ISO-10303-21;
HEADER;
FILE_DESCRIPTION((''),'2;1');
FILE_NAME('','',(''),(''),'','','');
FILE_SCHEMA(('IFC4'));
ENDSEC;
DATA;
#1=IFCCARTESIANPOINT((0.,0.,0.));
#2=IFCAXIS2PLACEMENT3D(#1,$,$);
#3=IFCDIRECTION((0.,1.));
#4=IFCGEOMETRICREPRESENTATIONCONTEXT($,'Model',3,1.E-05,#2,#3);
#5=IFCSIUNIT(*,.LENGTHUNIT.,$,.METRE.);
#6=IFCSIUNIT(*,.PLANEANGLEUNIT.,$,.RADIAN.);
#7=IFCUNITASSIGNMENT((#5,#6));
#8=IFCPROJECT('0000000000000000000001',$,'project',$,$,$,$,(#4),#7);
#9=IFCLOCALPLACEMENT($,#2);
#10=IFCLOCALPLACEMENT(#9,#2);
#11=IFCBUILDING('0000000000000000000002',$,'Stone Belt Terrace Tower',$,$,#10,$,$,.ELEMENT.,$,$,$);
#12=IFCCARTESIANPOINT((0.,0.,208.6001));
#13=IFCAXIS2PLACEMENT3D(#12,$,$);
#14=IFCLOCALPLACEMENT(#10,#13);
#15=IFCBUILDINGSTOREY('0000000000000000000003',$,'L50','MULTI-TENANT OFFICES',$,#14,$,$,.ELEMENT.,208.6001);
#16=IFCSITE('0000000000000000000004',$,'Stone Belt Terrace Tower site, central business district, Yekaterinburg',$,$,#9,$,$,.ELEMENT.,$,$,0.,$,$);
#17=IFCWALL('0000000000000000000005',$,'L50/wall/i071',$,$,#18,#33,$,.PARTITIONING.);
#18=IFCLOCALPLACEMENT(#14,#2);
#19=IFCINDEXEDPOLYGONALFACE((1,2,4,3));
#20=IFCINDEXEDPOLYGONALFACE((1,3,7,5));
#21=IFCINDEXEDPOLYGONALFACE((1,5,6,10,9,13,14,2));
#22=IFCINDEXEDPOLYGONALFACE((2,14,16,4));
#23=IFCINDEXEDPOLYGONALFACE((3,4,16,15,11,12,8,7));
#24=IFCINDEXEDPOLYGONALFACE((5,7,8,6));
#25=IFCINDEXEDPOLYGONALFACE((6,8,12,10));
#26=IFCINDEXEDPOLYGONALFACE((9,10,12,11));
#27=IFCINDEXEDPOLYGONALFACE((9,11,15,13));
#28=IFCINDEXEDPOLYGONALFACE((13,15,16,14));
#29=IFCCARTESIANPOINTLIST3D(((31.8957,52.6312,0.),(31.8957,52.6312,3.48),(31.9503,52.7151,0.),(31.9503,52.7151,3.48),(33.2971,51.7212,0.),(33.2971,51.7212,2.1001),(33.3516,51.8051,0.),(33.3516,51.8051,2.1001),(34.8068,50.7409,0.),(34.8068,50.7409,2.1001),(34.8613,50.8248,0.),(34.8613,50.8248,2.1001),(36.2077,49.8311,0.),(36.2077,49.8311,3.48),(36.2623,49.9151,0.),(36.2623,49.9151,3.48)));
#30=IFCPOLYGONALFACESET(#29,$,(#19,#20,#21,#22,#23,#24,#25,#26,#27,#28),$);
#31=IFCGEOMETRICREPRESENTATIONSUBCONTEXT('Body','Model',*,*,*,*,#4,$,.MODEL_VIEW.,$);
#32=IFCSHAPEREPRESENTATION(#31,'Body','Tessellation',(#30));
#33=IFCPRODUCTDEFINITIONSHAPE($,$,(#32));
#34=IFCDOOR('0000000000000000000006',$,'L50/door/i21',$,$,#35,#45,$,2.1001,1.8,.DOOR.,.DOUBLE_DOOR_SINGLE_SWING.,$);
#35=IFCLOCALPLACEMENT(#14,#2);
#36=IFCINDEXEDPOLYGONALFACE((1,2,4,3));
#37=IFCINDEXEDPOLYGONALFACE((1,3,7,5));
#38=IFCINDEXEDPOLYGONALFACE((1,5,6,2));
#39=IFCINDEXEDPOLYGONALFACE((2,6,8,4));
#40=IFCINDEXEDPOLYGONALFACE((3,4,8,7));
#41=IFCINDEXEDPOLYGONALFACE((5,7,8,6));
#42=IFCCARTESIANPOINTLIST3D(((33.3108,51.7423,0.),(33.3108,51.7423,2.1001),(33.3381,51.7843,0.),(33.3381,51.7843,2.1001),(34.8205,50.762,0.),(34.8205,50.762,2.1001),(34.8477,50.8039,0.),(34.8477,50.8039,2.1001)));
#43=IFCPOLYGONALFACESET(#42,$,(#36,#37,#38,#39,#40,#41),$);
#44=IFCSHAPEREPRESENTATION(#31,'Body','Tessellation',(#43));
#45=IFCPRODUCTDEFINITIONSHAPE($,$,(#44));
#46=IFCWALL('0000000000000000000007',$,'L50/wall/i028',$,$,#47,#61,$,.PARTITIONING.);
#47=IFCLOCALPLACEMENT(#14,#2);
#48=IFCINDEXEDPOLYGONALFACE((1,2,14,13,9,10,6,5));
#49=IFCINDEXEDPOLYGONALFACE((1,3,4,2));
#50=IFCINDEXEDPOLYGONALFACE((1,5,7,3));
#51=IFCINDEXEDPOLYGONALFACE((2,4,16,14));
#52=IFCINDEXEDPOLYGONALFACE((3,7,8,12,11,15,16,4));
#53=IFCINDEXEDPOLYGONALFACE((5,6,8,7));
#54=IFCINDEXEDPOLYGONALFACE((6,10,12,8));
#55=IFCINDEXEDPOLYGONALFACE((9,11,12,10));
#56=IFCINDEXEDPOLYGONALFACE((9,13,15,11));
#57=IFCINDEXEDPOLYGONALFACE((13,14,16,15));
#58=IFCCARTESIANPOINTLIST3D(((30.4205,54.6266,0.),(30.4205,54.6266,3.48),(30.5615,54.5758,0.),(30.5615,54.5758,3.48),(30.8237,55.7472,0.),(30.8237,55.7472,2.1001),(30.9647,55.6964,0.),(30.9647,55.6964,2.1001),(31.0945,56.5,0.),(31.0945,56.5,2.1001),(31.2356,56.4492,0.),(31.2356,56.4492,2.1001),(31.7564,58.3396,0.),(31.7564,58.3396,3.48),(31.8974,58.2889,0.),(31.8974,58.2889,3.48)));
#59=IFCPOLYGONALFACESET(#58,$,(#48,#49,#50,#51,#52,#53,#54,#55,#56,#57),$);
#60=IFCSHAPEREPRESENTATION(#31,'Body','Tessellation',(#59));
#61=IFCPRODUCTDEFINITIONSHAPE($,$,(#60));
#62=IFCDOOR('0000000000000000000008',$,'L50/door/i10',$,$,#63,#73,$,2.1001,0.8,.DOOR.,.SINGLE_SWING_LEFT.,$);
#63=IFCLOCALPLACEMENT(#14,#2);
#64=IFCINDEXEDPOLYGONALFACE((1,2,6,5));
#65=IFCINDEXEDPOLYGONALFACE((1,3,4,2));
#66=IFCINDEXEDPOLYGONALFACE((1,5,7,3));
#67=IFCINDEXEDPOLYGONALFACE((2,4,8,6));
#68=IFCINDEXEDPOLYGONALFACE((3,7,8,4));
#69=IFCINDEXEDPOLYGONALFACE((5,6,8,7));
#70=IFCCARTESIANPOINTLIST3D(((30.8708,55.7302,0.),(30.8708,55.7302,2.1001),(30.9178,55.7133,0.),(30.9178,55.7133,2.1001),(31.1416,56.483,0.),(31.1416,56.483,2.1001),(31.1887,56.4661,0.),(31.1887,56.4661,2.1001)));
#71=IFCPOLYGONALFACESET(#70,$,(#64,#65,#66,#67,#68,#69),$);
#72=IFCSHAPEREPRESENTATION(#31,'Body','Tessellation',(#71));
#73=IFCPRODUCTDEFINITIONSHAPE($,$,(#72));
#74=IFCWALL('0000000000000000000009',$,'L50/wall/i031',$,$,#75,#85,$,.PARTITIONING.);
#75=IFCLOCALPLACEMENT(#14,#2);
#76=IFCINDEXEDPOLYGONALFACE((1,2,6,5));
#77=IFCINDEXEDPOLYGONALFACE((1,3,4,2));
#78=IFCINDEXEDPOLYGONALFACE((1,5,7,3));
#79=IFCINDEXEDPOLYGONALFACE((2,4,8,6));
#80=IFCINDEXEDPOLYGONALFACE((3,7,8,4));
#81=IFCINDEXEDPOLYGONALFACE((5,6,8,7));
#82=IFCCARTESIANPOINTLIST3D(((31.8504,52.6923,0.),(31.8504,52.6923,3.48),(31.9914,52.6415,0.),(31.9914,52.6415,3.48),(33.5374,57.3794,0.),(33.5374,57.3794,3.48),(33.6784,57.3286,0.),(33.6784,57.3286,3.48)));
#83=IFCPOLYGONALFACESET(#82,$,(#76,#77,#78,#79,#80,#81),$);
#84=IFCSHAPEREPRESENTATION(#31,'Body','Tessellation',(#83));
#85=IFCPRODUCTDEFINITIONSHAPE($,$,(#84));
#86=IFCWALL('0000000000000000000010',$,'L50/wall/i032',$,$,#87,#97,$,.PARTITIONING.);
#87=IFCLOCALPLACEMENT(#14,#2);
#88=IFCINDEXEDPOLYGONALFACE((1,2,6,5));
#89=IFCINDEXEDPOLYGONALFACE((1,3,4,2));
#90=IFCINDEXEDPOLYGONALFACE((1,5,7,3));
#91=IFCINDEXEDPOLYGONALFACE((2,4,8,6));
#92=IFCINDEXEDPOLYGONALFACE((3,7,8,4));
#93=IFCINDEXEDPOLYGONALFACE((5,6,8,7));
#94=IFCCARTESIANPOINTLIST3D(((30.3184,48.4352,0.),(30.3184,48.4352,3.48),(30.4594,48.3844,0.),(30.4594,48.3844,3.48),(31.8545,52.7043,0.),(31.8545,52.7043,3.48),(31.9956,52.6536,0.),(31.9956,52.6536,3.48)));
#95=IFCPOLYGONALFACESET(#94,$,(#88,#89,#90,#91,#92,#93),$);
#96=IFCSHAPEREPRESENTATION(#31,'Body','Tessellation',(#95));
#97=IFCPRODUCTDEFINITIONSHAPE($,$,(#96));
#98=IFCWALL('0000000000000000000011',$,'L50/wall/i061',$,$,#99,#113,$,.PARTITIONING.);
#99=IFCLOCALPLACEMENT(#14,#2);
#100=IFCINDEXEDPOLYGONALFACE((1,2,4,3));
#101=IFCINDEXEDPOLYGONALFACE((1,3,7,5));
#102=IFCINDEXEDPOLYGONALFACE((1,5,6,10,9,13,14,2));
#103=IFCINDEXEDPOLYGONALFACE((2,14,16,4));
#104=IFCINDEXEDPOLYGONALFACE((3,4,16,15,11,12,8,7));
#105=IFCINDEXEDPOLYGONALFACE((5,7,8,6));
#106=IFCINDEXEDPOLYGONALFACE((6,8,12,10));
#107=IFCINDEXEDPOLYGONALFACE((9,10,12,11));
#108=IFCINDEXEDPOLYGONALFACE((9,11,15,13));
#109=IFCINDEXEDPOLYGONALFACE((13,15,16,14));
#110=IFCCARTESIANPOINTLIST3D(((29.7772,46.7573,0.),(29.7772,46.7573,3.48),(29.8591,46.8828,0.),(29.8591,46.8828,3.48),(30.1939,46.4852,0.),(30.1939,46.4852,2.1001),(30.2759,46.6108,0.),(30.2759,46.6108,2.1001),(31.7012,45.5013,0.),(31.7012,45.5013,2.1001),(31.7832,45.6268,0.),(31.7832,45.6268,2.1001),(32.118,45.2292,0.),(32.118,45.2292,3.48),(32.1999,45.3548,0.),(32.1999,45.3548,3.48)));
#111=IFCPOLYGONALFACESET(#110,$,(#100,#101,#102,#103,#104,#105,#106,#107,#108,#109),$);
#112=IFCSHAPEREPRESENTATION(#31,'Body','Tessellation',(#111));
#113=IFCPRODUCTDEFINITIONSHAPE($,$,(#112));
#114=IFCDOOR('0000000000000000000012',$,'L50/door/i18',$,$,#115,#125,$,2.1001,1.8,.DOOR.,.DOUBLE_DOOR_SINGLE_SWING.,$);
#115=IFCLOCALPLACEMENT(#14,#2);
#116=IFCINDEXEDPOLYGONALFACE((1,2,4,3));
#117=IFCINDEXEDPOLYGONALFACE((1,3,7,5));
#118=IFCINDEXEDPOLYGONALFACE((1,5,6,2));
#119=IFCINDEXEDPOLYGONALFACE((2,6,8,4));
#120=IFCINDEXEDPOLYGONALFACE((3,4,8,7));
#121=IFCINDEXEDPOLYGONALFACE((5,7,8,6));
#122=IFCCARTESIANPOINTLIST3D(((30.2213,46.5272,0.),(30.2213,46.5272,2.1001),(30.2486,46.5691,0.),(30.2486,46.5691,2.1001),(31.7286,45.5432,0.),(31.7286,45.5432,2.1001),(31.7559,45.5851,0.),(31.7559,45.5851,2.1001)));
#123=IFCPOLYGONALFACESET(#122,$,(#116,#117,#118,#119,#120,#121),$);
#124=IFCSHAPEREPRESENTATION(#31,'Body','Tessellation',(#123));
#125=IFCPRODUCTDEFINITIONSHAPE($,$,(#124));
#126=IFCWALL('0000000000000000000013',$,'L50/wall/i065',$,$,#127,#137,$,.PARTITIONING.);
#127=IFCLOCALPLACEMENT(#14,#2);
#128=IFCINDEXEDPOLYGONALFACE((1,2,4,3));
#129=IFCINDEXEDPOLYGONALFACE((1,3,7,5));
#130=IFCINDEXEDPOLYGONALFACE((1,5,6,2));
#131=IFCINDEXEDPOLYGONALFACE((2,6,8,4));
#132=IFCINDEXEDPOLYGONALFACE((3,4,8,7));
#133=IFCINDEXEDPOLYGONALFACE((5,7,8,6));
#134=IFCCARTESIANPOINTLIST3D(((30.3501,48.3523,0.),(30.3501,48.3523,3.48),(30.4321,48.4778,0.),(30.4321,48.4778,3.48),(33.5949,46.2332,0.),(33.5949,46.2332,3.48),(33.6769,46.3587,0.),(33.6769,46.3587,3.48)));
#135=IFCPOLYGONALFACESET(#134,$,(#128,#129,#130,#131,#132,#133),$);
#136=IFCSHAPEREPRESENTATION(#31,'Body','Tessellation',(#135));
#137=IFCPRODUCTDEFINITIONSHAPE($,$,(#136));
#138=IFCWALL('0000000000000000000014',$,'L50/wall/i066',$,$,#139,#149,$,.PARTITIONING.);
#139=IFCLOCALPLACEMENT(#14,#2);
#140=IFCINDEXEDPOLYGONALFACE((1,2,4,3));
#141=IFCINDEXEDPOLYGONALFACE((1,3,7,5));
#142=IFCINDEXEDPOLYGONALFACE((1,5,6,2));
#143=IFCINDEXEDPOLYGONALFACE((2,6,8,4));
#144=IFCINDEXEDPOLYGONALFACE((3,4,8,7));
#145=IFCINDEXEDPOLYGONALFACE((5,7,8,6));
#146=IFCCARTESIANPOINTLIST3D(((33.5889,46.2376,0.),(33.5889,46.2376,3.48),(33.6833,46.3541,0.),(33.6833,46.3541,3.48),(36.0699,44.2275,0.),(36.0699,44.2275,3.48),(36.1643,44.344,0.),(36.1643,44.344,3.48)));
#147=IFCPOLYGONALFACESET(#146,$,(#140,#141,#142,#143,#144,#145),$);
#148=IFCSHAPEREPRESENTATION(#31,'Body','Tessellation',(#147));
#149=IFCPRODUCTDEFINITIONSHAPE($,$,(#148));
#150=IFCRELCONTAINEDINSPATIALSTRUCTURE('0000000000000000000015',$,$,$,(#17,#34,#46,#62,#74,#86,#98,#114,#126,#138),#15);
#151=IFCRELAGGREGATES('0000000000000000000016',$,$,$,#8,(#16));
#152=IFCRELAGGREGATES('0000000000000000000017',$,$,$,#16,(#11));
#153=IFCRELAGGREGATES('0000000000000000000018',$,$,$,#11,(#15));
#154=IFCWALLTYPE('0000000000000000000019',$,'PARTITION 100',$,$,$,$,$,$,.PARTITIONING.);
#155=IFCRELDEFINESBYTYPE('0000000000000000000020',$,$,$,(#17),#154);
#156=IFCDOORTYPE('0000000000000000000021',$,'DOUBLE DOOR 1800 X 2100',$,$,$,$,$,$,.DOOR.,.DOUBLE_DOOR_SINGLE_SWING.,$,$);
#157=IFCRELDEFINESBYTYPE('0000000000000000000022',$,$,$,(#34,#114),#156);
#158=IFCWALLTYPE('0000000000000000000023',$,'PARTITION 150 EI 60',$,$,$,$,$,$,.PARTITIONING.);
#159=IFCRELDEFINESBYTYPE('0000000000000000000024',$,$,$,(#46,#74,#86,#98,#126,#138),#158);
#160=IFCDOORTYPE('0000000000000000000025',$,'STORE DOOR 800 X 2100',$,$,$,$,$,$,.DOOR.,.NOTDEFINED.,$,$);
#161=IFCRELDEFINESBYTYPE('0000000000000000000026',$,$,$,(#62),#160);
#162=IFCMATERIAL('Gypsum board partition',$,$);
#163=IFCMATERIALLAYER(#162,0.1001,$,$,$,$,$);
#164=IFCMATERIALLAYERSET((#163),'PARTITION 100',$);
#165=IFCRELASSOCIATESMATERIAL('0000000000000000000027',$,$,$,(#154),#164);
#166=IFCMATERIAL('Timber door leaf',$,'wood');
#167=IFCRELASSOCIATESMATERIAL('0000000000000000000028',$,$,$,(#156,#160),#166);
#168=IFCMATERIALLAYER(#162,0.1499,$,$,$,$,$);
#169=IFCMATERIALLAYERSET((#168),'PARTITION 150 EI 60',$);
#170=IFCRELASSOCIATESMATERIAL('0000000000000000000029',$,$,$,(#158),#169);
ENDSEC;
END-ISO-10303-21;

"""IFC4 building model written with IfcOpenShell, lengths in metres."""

from ifc_helpers import new_model, si_unit, direction, frame, frame_2d, origin, place, context, subcontext, project, spatial, rectangle, extrude, material, layer, layer_set, type_object, element, fill, save


model = new_model("IFC4")

# Units and contexts
model_context = context("Model", 3, precision=1e-05, world=origin(), true_north=direction((0.0, 1.0)))
body_context = subcontext(model_context, "Body", "Model", "MODEL_VIEW")
ifc_project = project(units=[si_unit("LENGTHUNIT", "METRE"), si_unit("PLANEANGLEUNIT", "RADIAN")], contexts=[model_context])

# Site, building, storey
site_placement = place(None, origin())
site = spatial("IfcSite", under=ifc_project, at=site_placement, Name="Stone Belt Terrace Tower site, central business district, Yekaterinburg", CompositionType="ELEMENT", RefElevation=0.0)
building_placement = place(site_placement, origin())
building = spatial("IfcBuilding", under=site, at=building_placement, Name="Stone Belt Terrace Tower", CompositionType="ELEMENT")
storey_placement = place(building_placement, frame((0.0, 0.0, 208.6001)))
storey = spatial("IfcBuildingStorey", under=building, at=storey_placement, Name="L50", Description="MULTI-TENANT OFFICES", CompositionType="ELEMENT", Elevation=208.6001)

# Shared definitions
ifc_material_1 = material(Name="Gypsum board partition")
ifc_layer_1 = layer(ifc_material_1, 0.1001)
ifc_layer_set_1 = layer_set([ifc_layer_1], Name="PARTITION 100")
wall_type_1 = type_object("IfcWallType", Name="PARTITION 100", PredefinedType="PARTITIONING", material=ifc_layer_set_1)

# Walls, openings, doors
wall_1_placement = place(storey_placement, frame((36.2351, 49.873, 0.0), z_axis=(0.0, 0.0, 1.0), x_axis=(-0.838689, 0.544611, 0.0)))
wall_1 = element("IfcWall", 1, at=wall_1_placement, inside=storey, type_object=wall_type_1, Name="L50/wall/i071", PredefinedType="PARTITIONING", context=body_context, shape_type="SweptSolid", body=[
    extrude(rectangle(XDim=5.1414, YDim=0.1001, at=frame_2d((2.5708, 0.0))), origin(), (0.0, 0.0, 1.0), 3.48),
])
opening_1_placement = place(wall_1_placement, frame((1.6707, 0.0, 0.0)))
opening_1 = element("IfcOpeningElement", 2, at=opening_1_placement, cuts=wall_1, PredefinedType="OPENING", context=body_context, shape_type="SweptSolid", body=[
    extrude(rectangle(XDim=1.8, YDim=2.1001, at=frame_2d((0.8999, 1.05))), frame((0.0, 0.0601, 0.0), z_axis=(0.0, -1.0, 0.0), x_axis=(1.0, 0.0, 0.0)), (0.0, 0.0, 1.0), 0.1201),
])
ifc_material_2 = material(Name="Timber door leaf", Category="wood")
door_type_1 = type_object("IfcDoorType", Name="DOUBLE DOOR 1800 X 2100", OperationType="DOUBLE_DOOR_SINGLE_SWING", PredefinedType="DOOR", material=ifc_material_2)
door_1_placement = place(opening_1_placement, origin())
door_1 = element("IfcDoor", 3, at=door_1_placement, inside=storey, type_object=door_type_1, Name="L50/door/i21", OperationType="DOUBLE_DOOR_SINGLE_SWING", OverallHeight=2.1001, OverallWidth=1.8, PredefinedType="DOOR", context=body_context, shape_type="SweptSolid", body=[
    extrude(rectangle(XDim=1.8, YDim=2.1001, at=frame_2d((0.8999, 1.05))), frame((0.0, 0.0249, 0.0), z_axis=(0.0, -1.0, 0.0), x_axis=(1.0, 0.0, 0.0)), (0.0, 0.0, 1.0), 0.05),
])
fill(opening_1, door_1)
ifc_layer_2 = layer(ifc_material_1, 0.1499)
ifc_layer_set_2 = layer_set([ifc_layer_2], Name="PARTITION 150 EI 60")
wall_type_2 = type_object("IfcWallType", Name="PARTITION 150 EI 60", PredefinedType="PARTITIONING", material=ifc_layer_set_2)
wall_2_placement = place(storey_placement, frame((30.491, 54.6011, 0.0), z_axis=(0.0, 0.0, 1.0), x_axis=(0.338542, 0.940951, 0.0)))
wall_2 = element("IfcWall", 4, at=wall_2_placement, inside=storey, type_object=wall_type_2, Name="L50/wall/i028", PredefinedType="PARTITIONING", context=body_context, shape_type="SweptSolid", body=[
    extrude(rectangle(XDim=3.946, YDim=0.1499, at=frame_2d((1.9731, 0.0))), origin(), (0.0, 0.0, 1.0), 3.48),
])
opening_2_placement = place(wall_2_placement, frame((1.1912, 0.0, 0.0)))
opening_2 = element("IfcOpeningElement", 5, at=opening_2_placement, cuts=wall_2, PredefinedType="OPENING", context=body_context, shape_type="SweptSolid", body=[
    extrude(rectangle(XDim=0.8, YDim=2.1001, at=frame_2d((0.3999, 1.05))), frame((0.0, 0.085, 0.0), z_axis=(0.0, -1.0, 0.0), x_axis=(1.0, 0.0, 0.0)), (0.0, 0.0, 1.0), 0.1699),
])
door_type_2 = type_object("IfcDoorType", Name="STORE DOOR 800 X 2100", OperationType="NOTDEFINED", PredefinedType="DOOR", material=ifc_material_2)
door_2_placement = place(opening_2_placement, origin())
door_2 = element("IfcDoor", 6, at=door_2_placement, inside=storey, type_object=door_type_2, Name="L50/door/i10", OperationType="SINGLE_SWING_LEFT", OverallHeight=2.1001, OverallWidth=0.8, PredefinedType="DOOR", context=body_context, shape_type="SweptSolid", body=[
    extrude(rectangle(XDim=0.8, YDim=2.1001, at=frame_2d((0.3999, 1.05))), frame((0.0, 0.0249, 0.0), z_axis=(0.0, -1.0, 0.0), x_axis=(1.0, 0.0, 0.0)), (0.0, 0.0, 1.0), 0.05),
])
fill(opening_2, door_2)

# Walls
wall_3_placement = place(storey_placement, frame((33.6079, 57.354, 0.0), z_axis=(0.0, 0.0, 1.0), x_axis=(-0.338664, -0.940907, 0.0)))
element("IfcWall", 7, at=wall_3_placement, inside=storey, type_object=wall_type_2, Name="L50/wall/i031", PredefinedType="PARTITIONING", context=body_context, shape_type="SweptSolid", body=[
    extrude(rectangle(XDim=4.9814, YDim=0.1499, at=frame_2d((2.4907, 0.0))), origin(), (0.0, 0.0, 1.0), 3.48),
])
wall_4_placement = place(storey_placement, frame((31.925, 52.679, 0.0), z_axis=(0.0, 0.0, 1.0), x_axis=(-0.338578, -0.940938, 0.0)))
element("IfcWall", 8, at=wall_4_placement, inside=storey, type_object=wall_type_2, Name="L50/wall/i032", PredefinedType="PARTITIONING", context=body_context, shape_type="SweptSolid", body=[
    extrude(rectangle(XDim=4.5371, YDim=0.1499, at=frame_2d((2.2686, 0.0))), origin(), (0.0, 0.0, 1.0), 3.48),
])

# Wall, opening, door
wall_5_placement = place(storey_placement, frame((32.1589, 45.292, 0.0), z_axis=(0.0, 0.0, 1.0), x_axis=(-0.837372, 0.546633, 0.0)))
wall_5 = element("IfcWall", 9, at=wall_5_placement, inside=storey, type_object=wall_type_2, Name="L50/wall/i061", PredefinedType="PARTITIONING", context=body_context, shape_type="SweptSolid", body=[
    extrude(rectangle(XDim=2.7954, YDim=0.1499, at=frame_2d((1.3977, 0.0))), origin(), (0.0, 0.0, 1.0), 3.48),
])
opening_3_placement = place(wall_5_placement, frame((0.4978, 0.0, 0.0)))
opening_3 = element("IfcOpeningElement", 10, at=opening_3_placement, cuts=wall_5, PredefinedType="OPENING", context=body_context, shape_type="SweptSolid", body=[
    extrude(rectangle(XDim=1.8, YDim=2.1001, at=frame_2d((0.8999, 1.05))), frame((0.0, 0.085, 0.0), z_axis=(0.0, -1.0, 0.0), x_axis=(1.0, 0.0, 0.0)), (0.0, 0.0, 1.0), 0.1699),
])
door_3_placement = place(opening_3_placement, origin())
door_3 = element("IfcDoor", 11, at=door_3_placement, inside=storey, type_object=door_type_1, Name="L50/door/i18", OperationType="DOUBLE_DOOR_SINGLE_SWING", OverallHeight=2.1001, OverallWidth=1.8, PredefinedType="DOOR", context=body_context, shape_type="SweptSolid", body=[
    extrude(rectangle(XDim=1.8, YDim=2.1001, at=frame_2d((0.8999, 1.05))), frame((0.0, 0.0249, 0.0), z_axis=(0.0, -1.0, 0.0), x_axis=(1.0, 0.0, 0.0)), (0.0, 0.0, 1.0), 0.05),
])
fill(opening_3, door_3)

# Walls
wall_6_placement = place(storey_placement, frame((30.3911, 48.415, 0.0), z_axis=(0.0, 0.0, 1.0), x_axis=(0.837266, -0.546796, 0.0)))
element("IfcWall", 12, at=wall_6_placement, inside=storey, type_object=wall_type_2, Name="L50/wall/i065", PredefinedType="PARTITIONING", context=body_context, shape_type="SweptSolid", body=[
    extrude(rectangle(XDim=3.8755, YDim=0.1499, at=frame_2d((1.9377, 0.0))), origin(), (0.0, 0.0, 1.0), 3.48),
])
wall_7_placement = place(storey_placement, frame((33.636, 46.2959, 0.0), z_axis=(0.0, 0.0, 1.0), x_axis=(0.776997, -0.629504, 0.0)))
element("IfcWall", 13, at=wall_7_placement, inside=storey, type_object=wall_type_2, Name="L50/wall/i066", PredefinedType="PARTITIONING", context=body_context, shape_type="SweptSolid", body=[
    extrude(rectangle(XDim=3.1931, YDim=0.1499, at=frame_2d((1.5967, 0.0))), origin(), (0.0, 0.0, 1.0), 3.48),
])

save(model, "model.ifc")
